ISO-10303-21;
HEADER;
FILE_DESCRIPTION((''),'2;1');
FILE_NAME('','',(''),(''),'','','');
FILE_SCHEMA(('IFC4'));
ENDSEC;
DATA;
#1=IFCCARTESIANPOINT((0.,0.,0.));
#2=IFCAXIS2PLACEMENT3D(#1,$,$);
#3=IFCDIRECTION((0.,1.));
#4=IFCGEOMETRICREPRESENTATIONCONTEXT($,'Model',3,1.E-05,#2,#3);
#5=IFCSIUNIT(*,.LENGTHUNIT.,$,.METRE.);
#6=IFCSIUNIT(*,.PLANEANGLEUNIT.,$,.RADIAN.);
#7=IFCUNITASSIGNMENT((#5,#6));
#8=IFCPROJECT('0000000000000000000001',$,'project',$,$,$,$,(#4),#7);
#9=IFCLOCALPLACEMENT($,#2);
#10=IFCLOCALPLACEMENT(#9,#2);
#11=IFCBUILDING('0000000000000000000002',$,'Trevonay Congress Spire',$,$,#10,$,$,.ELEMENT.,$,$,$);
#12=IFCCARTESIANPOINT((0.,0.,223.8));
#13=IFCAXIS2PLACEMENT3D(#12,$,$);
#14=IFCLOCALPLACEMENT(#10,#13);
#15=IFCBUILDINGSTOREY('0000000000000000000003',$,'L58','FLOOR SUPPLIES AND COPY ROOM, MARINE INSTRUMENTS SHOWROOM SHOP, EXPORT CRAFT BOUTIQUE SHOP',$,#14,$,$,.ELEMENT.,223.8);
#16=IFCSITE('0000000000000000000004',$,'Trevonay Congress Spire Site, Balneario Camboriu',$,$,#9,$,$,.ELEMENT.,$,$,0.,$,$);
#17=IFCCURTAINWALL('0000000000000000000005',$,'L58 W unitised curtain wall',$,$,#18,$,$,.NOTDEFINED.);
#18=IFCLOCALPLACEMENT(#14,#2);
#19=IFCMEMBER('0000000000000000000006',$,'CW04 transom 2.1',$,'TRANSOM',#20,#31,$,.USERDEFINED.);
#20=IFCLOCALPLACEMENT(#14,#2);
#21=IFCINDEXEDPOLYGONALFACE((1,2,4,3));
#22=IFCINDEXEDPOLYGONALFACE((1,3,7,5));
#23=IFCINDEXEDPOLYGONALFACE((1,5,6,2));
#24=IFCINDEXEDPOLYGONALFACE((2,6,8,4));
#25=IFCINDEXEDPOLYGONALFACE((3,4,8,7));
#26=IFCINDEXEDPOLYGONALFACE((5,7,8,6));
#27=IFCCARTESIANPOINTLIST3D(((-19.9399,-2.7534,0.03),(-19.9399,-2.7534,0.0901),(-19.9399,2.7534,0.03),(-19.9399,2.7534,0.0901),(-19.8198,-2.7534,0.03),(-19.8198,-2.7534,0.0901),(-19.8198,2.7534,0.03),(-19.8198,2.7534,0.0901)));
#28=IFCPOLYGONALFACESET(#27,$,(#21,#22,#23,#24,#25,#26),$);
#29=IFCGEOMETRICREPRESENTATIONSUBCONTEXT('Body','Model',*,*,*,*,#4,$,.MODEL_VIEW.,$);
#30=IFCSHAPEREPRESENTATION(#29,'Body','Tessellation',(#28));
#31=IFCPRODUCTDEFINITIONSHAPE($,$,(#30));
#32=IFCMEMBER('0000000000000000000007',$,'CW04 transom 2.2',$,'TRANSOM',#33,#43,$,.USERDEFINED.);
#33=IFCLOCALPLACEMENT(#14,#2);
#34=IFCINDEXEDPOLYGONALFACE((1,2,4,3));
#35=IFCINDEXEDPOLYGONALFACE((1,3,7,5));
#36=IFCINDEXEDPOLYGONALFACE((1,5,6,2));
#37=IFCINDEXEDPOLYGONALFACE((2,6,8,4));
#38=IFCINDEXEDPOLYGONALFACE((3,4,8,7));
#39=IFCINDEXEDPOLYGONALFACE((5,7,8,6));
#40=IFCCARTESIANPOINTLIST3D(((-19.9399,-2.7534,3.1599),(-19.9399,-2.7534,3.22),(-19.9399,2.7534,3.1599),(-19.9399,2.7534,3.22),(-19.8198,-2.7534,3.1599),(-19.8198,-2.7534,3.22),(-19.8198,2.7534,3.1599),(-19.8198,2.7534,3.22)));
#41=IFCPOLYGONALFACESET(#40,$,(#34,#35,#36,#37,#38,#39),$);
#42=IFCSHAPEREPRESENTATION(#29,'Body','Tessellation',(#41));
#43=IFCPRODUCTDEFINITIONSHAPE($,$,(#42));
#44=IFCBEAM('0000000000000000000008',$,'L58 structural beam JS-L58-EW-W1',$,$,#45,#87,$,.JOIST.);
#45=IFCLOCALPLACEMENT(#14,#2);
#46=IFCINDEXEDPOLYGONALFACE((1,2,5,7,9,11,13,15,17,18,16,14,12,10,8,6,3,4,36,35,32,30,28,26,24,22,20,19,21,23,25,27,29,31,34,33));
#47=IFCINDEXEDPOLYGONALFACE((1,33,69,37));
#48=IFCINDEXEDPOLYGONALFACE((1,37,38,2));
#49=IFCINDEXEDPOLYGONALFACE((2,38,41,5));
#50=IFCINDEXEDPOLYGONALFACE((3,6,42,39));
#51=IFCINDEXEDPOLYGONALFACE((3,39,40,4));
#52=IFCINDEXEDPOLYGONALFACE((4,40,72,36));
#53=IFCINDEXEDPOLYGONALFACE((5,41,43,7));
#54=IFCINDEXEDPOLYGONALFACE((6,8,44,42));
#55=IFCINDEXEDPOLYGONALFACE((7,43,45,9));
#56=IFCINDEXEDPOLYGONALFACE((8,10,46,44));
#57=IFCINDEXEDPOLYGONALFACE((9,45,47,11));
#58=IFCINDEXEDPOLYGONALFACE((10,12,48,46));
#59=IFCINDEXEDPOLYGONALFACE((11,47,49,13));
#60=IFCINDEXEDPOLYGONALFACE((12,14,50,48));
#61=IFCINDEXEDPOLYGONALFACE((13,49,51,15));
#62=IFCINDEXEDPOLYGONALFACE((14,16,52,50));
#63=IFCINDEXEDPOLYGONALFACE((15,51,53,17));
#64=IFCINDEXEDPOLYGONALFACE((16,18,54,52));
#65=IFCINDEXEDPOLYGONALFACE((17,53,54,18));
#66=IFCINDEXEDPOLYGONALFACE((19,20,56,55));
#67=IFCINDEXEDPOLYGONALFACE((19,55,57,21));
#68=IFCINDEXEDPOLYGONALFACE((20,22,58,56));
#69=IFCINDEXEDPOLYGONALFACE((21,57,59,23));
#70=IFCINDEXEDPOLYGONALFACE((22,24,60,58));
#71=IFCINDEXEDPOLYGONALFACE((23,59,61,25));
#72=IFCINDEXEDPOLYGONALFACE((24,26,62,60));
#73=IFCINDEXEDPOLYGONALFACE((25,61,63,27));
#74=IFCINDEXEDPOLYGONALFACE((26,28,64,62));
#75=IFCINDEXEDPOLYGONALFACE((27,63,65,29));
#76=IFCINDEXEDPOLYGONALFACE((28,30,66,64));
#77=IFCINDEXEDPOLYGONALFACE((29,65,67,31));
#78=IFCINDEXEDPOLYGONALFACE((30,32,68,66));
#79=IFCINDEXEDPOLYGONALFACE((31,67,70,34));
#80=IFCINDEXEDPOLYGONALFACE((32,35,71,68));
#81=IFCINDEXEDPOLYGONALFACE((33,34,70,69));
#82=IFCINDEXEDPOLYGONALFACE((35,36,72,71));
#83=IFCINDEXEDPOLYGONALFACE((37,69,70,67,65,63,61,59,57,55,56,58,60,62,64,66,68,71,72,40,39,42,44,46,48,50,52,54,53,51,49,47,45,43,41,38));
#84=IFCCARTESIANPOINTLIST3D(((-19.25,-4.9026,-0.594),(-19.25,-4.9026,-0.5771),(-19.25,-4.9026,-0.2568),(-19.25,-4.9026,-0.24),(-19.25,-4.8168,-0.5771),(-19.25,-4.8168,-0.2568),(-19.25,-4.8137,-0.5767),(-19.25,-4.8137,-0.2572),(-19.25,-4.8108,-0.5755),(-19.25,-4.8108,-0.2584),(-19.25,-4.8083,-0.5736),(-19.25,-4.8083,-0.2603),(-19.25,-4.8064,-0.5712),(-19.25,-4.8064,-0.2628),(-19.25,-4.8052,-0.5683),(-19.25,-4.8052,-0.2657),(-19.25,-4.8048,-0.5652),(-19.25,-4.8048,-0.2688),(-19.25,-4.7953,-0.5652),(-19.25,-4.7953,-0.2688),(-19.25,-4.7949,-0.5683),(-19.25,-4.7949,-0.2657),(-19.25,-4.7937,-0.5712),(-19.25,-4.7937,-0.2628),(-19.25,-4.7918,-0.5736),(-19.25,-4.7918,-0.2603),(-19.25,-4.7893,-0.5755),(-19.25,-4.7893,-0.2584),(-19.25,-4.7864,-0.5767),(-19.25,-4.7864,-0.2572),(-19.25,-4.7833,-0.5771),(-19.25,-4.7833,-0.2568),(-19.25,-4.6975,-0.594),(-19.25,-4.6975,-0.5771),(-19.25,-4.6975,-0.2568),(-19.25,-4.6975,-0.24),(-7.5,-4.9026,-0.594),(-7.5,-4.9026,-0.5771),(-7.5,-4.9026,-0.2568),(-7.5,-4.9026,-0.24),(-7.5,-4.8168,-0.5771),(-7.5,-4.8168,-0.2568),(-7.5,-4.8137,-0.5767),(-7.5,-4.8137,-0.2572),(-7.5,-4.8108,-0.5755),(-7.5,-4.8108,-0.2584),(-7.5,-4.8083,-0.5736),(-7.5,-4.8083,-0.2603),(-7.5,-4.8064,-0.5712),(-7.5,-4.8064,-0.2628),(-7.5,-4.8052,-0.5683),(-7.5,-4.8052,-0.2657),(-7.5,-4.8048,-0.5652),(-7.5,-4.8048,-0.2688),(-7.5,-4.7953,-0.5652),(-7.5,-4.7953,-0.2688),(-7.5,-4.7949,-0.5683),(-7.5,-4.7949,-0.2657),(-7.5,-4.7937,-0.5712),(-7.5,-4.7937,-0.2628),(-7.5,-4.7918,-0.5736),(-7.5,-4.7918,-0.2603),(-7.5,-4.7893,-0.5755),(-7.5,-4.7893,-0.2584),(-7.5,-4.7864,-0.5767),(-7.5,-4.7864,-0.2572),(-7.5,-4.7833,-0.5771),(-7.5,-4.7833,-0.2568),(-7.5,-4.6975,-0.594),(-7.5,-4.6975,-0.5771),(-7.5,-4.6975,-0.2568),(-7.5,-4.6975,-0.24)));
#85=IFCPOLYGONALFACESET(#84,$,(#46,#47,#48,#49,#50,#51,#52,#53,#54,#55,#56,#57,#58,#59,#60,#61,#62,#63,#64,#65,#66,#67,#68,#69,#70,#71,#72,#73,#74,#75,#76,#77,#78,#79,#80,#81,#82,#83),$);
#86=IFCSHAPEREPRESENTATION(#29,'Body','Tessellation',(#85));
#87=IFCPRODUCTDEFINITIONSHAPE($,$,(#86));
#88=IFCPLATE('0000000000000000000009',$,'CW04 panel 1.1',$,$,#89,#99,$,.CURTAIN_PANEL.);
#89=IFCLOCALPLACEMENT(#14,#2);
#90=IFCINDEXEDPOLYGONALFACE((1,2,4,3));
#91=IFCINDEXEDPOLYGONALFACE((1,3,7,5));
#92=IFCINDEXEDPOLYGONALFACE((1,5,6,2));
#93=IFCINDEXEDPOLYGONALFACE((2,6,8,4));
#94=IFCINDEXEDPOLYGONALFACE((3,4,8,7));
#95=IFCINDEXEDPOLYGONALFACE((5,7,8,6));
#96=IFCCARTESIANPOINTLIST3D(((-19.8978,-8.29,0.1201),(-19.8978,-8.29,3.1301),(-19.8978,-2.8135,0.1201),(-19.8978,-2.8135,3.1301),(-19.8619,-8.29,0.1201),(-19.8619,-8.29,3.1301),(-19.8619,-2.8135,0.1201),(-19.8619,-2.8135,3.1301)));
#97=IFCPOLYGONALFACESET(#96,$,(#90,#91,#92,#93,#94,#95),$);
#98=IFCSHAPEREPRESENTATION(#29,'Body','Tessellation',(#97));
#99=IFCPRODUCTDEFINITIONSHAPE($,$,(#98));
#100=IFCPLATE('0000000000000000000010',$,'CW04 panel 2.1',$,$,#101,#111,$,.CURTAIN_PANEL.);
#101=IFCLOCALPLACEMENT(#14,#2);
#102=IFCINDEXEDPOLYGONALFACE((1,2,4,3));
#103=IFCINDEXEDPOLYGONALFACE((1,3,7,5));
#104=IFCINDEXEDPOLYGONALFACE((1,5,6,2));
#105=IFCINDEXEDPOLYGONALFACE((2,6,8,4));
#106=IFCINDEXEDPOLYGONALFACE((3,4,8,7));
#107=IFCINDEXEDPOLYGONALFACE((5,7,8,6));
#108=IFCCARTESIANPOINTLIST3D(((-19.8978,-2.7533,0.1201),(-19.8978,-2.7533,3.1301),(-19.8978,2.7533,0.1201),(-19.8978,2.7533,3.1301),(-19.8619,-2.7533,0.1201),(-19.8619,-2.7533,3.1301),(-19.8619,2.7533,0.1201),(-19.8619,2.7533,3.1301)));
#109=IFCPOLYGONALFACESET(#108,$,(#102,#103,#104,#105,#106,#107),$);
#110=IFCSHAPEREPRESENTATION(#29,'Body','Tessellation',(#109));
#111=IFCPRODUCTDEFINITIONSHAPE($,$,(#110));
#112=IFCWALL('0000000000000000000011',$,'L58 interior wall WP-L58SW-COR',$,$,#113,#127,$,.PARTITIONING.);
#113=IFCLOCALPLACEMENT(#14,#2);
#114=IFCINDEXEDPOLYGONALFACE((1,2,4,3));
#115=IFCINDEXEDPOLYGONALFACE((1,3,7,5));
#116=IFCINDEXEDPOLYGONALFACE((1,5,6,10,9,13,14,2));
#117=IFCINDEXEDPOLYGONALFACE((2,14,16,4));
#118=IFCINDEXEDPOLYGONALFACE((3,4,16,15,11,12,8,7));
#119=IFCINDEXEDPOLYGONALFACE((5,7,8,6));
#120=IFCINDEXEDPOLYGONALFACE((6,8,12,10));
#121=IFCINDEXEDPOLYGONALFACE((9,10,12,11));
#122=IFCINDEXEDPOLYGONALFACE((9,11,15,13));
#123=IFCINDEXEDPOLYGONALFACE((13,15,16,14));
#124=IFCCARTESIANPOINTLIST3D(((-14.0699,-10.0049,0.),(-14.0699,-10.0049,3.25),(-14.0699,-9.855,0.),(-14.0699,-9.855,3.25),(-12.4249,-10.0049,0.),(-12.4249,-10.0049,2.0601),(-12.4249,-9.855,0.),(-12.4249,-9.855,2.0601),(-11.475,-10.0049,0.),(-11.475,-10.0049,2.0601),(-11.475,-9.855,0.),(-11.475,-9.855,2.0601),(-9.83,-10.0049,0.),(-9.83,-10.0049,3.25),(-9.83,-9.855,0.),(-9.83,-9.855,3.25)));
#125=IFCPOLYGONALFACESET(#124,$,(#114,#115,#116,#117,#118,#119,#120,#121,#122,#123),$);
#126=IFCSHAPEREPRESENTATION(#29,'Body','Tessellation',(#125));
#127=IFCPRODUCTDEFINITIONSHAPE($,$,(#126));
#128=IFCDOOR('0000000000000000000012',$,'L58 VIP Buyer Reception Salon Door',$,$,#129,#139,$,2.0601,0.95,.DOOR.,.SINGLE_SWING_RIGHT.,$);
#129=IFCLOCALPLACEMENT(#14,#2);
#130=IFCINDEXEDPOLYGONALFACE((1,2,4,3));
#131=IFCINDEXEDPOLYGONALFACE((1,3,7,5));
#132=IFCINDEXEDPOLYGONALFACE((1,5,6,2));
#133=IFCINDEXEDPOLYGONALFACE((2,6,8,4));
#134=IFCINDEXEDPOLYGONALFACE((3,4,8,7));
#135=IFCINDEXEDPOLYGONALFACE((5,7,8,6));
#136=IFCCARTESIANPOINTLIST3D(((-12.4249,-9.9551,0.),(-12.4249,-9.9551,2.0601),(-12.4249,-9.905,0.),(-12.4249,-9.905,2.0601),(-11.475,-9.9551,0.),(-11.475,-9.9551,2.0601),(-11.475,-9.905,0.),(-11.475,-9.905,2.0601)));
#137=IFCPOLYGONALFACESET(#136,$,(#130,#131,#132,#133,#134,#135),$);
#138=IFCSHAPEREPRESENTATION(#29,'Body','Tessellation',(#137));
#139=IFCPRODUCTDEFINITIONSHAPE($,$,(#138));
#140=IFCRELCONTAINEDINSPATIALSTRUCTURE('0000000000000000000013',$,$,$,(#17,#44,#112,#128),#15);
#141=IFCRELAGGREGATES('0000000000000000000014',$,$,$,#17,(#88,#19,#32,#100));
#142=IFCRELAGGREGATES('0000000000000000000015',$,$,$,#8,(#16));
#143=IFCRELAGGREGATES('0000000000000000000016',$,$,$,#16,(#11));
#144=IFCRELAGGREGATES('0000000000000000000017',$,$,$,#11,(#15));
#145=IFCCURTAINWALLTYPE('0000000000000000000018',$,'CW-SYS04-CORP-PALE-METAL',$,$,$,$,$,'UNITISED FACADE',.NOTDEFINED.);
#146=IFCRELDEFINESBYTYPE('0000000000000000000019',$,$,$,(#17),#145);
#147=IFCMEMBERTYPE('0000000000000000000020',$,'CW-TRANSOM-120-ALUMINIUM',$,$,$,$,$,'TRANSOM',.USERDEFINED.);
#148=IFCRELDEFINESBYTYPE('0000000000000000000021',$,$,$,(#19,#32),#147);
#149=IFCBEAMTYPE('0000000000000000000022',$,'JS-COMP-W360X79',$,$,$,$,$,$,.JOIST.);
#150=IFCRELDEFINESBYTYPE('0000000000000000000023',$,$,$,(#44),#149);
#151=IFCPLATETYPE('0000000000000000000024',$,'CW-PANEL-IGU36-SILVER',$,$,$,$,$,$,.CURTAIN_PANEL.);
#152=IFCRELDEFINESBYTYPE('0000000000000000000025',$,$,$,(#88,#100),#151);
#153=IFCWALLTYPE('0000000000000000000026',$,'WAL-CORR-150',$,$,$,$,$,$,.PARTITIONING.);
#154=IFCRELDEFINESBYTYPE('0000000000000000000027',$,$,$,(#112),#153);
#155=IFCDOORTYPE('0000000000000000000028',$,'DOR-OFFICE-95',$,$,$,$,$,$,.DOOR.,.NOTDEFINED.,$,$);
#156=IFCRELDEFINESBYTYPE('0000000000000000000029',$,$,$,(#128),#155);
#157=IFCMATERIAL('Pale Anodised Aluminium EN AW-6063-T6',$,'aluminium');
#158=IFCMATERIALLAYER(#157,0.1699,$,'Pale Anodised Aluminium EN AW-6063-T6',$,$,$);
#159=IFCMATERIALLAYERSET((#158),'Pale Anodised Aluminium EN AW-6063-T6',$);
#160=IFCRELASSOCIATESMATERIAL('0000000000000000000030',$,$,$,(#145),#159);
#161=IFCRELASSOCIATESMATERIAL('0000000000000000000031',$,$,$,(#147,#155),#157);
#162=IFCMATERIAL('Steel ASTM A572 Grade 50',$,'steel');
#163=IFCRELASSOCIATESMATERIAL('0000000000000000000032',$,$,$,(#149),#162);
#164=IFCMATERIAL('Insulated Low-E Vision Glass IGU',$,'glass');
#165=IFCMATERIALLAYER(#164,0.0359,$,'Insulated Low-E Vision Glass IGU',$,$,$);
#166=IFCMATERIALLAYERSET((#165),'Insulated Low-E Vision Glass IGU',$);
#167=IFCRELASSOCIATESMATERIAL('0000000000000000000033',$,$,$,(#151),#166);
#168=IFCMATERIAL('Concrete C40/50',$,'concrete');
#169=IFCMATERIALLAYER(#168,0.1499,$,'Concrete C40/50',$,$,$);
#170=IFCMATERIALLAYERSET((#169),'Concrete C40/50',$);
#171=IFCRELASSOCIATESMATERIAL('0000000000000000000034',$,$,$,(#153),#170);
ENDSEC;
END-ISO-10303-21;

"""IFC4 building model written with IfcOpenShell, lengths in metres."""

from ifc_helpers import new_model, si_unit, direction, frame, frame_2d, origin, origin_2d, place, context, subcontext, project, spatial, rectangle, i_section, extrude, material, layer, layer_set, material_profile, profile_set, type_object, element, fill, aggregate, save


model = new_model("IFC4")

# Units and contexts
model_context = context("Model", 3, precision=1e-05, world=origin(), true_north=direction((0.0, 1.0)))
body_context = subcontext(model_context, "Body", "Model", "MODEL_VIEW")
ifc_project = project(units=[si_unit("LENGTHUNIT", "METRE"), si_unit("PLANEANGLEUNIT", "RADIAN")], contexts=[model_context])

# Site, building, storey
site_placement = place(None, origin())
site = spatial("IfcSite", under=ifc_project, at=site_placement, Name="Trevonay Congress Spire Site, Balneario Camboriu", CompositionType="ELEMENT", RefElevation=0.0)
building_placement = place(site_placement, origin())
building = spatial("IfcBuilding", under=site, at=building_placement, Name="Trevonay Congress Spire", CompositionType="ELEMENT")
storey_placement = place(building_placement, frame((0.0, 0.0, 223.8)))
storey = spatial("IfcBuildingStorey", under=building, at=storey_placement, Name="L58", Description="FLOOR SUPPLIES AND COPY ROOM, MARINE INSTRUMENTS SHOWROOM SHOP, EXPORT CRAFT BOUTIQUE SHOP", CompositionType="ELEMENT", Elevation=223.8)

# Shared definitions
ifc_material_1 = material(Name="Steel ASTM A572 Grade 50", Category="steel")

# Curtain wall, members
ifc_material_2 = material(Name="Pale Anodised Aluminium EN AW-6063-T6", Category="aluminium")
ifc_layer_1 = layer(ifc_material_2, 0.1699, Name="Pale Anodised Aluminium EN AW-6063-T6")
ifc_layer_set_1 = layer_set([ifc_layer_1], Name="Pale Anodised Aluminium EN AW-6063-T6")
curtain_wall_type = type_object("IfcCurtainWallType", Name="CW-SYS04-CORP-PALE-METAL", ElementType="UNITISED FACADE", PredefinedType="NOTDEFINED", material=ifc_layer_set_1)
curtain_wall_placement = place(storey_placement, origin())
curtain_wall = element("IfcCurtainWall", 1, at=curtain_wall_placement, inside=storey, type_object=curtain_wall_type, Name="L58 W unitised curtain wall", PredefinedType="NOTDEFINED")
ifc_material_profile_1 = material_profile(ifc_material_2, rectangle(XDim=0.1201, YDim=0.0601, at=origin_2d()), Name="CW-TRANSOM-120-ALUMINIUM")
ifc_profile_set_1 = profile_set([ifc_material_profile_1], Name="Pale Anodised Aluminium EN AW-6063-T6")
member_type_1 = type_object("IfcMemberType", Name="CW-TRANSOM-120-ALUMINIUM", ElementType="TRANSOM", PredefinedType="USERDEFINED", material=ifc_profile_set_1)
member_1_placement = place(storey_placement, frame((-19.8799, -2.7534, 0.0601), z_axis=(0.0, 1.0, 0.0), x_axis=(-1.0, 0.0, 0.0)))
member_1 = element("IfcMember", 2, at=member_1_placement, type_object=member_type_1, Name="CW04 transom 2.1", ObjectType="TRANSOM", PredefinedType="USERDEFINED", context=body_context, shape_type="SweptSolid", body=[
    extrude(rectangle(XDim=0.1201, YDim=0.0601, at=origin_2d()), origin(), (0.0, 0.0, 1.0), 5.5068),
])
member_2_placement = place(storey_placement, frame((-19.8799, -2.7534, 3.1899), z_axis=(0.0, 1.0, 0.0), x_axis=(-1.0, 0.0, 0.0)))
member_2 = element("IfcMember", 3, at=member_2_placement, type_object=member_type_1, Name="CW04 transom 2.2", ObjectType="TRANSOM", PredefinedType="USERDEFINED", context=body_context, shape_type="SweptSolid", body=[
    extrude(rectangle(XDim=0.1201, YDim=0.0601, at=origin_2d()), origin(), (0.0, 0.0, 1.0), 5.5068),
])

# Beam
ifc_material_profile_2 = material_profile(ifc_material_1, i_section(OverallWidth=0.2051, OverallDepth=0.354, WebThickness=0.0095, FlangeThickness=0.0168, FilletRadius=0.012, at=origin_2d()), Name="W360x79")
ifc_profile_set_2 = profile_set([ifc_material_profile_2], Name="Steel ASTM A572 Grade 50")
beam_type_1 = type_object("IfcBeamType", Name="JS-COMP-W360X79", PredefinedType="JOIST", material=ifc_profile_set_2)
beam_1_placement = place(storey_placement, frame((-19.25, -4.8, -0.417), z_axis=(1.0, 0.0, 0.0), x_axis=(0.0, 1.0, 0.0)))
element("IfcBeam", 4, at=beam_1_placement, inside=storey, type_object=beam_type_1, Name="L58 structural beam JS-L58-EW-W1", PredefinedType="JOIST", context=body_context, shape_type="SweptSolid", body=[
    extrude(i_section(OverallWidth=0.2051, OverallDepth=0.354, WebThickness=0.0095, FlangeThickness=0.0168, FilletRadius=0.012, at=origin_2d()), origin(), (0.0, 0.0, 1.0), 11.75),
])

# Plates
ifc_material_3 = material(Name="Insulated Low-E Vision Glass IGU", Category="glass")
ifc_layer_2 = layer(ifc_material_3, 0.0359, Name="Insulated Low-E Vision Glass IGU")
ifc_layer_set_2 = layer_set([ifc_layer_2], Name="Insulated Low-E Vision Glass IGU")
plate_type = type_object("IfcPlateType", Name="CW-PANEL-IGU36-SILVER", PredefinedType="CURTAIN_PANEL", material=ifc_layer_set_2)
plate_1_placement = place(storey_placement, frame((-19.8799, -5.5518, 0.1201), z_axis=(0.0, 0.0, 1.0), x_axis=(0.0, 1.0, 0.0)))
plate_1 = element("IfcPlate", 5, at=plate_1_placement, type_object=plate_type, Name="CW04 panel 1.1", PredefinedType="CURTAIN_PANEL", context=body_context, shape_type="SweptSolid", body=[
    extrude(rectangle(XDim=5.4766, YDim=0.0359, at=origin_2d()), origin(), (0.0, 0.0, 1.0), 3.01),
])
plate_2_placement = place(storey_placement, frame((-19.8799, 0.0, 0.1201), z_axis=(0.0, 0.0, 1.0), x_axis=(0.0, 1.0, 0.0)))
plate_2 = element("IfcPlate", 6, at=plate_2_placement, type_object=plate_type, Name="CW04 panel 2.1", PredefinedType="CURTAIN_PANEL", context=body_context, shape_type="SweptSolid", body=[
    extrude(rectangle(XDim=5.5066, YDim=0.0359, at=origin_2d()), origin(), (0.0, 0.0, 1.0), 3.01),
])
aggregate(curtain_wall, [plate_1, member_1, member_2, plate_2])

# Wall, opening, door
ifc_material_4 = material(Name="Concrete C40/50", Category="concrete")
ifc_layer_3 = layer(ifc_material_4, 0.1499, Name="Concrete C40/50")
ifc_layer_set_3 = layer_set([ifc_layer_3], Name="Concrete C40/50")
wall_type_1 = type_object("IfcWallType", Name="WAL-CORR-150", PredefinedType="PARTITIONING", material=ifc_layer_set_3)
wall_1_placement = place(storey_placement, frame((-14.0701, -9.9299, 0.0), z_axis=(0.0, 0.0, 1.0), x_axis=(1.0, 0.0, 0.0)))
wall_1 = element("IfcWall", 7, at=wall_1_placement, inside=storey, type_object=wall_type_1, Name="L58 interior wall WP-L58SW-COR", PredefinedType="PARTITIONING", context=body_context, shape_type="SweptSolid", body=[
    extrude(rectangle(XDim=4.24, YDim=0.1499, at=frame_2d((2.1201, 0.0))), origin(), (0.0, 0.0, 1.0), 3.25),
])
opening_1_placement = place(wall_1_placement, frame((1.645, 0.0, 0.0)))
opening_1 = element("IfcOpeningElement", 8, at=opening_1_placement, cuts=wall_1, PredefinedType="OPENING", context=body_context, shape_type="SweptSolid", body=[
    extrude(rectangle(XDim=0.95, YDim=2.0601, at=frame_2d((0.4751, 1.03))), frame((0.0, 0.085, 0.0), z_axis=(0.0, -1.0, 0.0), x_axis=(1.0, 0.0, 0.0)), (0.0, 0.0, 1.0), 0.1699),
])
door_type = type_object("IfcDoorType", Name="DOR-OFFICE-95", OperationType="NOTDEFINED", PredefinedType="DOOR", material=ifc_material_2)
door_1_placement = place(opening_1_placement, origin())
door_1 = element("IfcDoor", 9, at=door_1_placement, inside=storey, type_object=door_type, Name="L58 VIP Buyer Reception Salon Door", OperationType="SINGLE_SWING_RIGHT", OverallHeight=2.0601, OverallWidth=0.95, PredefinedType="DOOR", context=body_context, shape_type="SweptSolid", body=[
    extrude(rectangle(XDim=0.95, YDim=2.0601, at=frame_2d((0.4751, 1.03))), frame((0.0, 0.0249, 0.0), z_axis=(0.0, -1.0, 0.0), x_axis=(1.0, 0.0, 0.0)), (0.0, 0.0, 1.0), 0.05),
])
fill(opening_1, door_1)

save(model, "model.ifc")
